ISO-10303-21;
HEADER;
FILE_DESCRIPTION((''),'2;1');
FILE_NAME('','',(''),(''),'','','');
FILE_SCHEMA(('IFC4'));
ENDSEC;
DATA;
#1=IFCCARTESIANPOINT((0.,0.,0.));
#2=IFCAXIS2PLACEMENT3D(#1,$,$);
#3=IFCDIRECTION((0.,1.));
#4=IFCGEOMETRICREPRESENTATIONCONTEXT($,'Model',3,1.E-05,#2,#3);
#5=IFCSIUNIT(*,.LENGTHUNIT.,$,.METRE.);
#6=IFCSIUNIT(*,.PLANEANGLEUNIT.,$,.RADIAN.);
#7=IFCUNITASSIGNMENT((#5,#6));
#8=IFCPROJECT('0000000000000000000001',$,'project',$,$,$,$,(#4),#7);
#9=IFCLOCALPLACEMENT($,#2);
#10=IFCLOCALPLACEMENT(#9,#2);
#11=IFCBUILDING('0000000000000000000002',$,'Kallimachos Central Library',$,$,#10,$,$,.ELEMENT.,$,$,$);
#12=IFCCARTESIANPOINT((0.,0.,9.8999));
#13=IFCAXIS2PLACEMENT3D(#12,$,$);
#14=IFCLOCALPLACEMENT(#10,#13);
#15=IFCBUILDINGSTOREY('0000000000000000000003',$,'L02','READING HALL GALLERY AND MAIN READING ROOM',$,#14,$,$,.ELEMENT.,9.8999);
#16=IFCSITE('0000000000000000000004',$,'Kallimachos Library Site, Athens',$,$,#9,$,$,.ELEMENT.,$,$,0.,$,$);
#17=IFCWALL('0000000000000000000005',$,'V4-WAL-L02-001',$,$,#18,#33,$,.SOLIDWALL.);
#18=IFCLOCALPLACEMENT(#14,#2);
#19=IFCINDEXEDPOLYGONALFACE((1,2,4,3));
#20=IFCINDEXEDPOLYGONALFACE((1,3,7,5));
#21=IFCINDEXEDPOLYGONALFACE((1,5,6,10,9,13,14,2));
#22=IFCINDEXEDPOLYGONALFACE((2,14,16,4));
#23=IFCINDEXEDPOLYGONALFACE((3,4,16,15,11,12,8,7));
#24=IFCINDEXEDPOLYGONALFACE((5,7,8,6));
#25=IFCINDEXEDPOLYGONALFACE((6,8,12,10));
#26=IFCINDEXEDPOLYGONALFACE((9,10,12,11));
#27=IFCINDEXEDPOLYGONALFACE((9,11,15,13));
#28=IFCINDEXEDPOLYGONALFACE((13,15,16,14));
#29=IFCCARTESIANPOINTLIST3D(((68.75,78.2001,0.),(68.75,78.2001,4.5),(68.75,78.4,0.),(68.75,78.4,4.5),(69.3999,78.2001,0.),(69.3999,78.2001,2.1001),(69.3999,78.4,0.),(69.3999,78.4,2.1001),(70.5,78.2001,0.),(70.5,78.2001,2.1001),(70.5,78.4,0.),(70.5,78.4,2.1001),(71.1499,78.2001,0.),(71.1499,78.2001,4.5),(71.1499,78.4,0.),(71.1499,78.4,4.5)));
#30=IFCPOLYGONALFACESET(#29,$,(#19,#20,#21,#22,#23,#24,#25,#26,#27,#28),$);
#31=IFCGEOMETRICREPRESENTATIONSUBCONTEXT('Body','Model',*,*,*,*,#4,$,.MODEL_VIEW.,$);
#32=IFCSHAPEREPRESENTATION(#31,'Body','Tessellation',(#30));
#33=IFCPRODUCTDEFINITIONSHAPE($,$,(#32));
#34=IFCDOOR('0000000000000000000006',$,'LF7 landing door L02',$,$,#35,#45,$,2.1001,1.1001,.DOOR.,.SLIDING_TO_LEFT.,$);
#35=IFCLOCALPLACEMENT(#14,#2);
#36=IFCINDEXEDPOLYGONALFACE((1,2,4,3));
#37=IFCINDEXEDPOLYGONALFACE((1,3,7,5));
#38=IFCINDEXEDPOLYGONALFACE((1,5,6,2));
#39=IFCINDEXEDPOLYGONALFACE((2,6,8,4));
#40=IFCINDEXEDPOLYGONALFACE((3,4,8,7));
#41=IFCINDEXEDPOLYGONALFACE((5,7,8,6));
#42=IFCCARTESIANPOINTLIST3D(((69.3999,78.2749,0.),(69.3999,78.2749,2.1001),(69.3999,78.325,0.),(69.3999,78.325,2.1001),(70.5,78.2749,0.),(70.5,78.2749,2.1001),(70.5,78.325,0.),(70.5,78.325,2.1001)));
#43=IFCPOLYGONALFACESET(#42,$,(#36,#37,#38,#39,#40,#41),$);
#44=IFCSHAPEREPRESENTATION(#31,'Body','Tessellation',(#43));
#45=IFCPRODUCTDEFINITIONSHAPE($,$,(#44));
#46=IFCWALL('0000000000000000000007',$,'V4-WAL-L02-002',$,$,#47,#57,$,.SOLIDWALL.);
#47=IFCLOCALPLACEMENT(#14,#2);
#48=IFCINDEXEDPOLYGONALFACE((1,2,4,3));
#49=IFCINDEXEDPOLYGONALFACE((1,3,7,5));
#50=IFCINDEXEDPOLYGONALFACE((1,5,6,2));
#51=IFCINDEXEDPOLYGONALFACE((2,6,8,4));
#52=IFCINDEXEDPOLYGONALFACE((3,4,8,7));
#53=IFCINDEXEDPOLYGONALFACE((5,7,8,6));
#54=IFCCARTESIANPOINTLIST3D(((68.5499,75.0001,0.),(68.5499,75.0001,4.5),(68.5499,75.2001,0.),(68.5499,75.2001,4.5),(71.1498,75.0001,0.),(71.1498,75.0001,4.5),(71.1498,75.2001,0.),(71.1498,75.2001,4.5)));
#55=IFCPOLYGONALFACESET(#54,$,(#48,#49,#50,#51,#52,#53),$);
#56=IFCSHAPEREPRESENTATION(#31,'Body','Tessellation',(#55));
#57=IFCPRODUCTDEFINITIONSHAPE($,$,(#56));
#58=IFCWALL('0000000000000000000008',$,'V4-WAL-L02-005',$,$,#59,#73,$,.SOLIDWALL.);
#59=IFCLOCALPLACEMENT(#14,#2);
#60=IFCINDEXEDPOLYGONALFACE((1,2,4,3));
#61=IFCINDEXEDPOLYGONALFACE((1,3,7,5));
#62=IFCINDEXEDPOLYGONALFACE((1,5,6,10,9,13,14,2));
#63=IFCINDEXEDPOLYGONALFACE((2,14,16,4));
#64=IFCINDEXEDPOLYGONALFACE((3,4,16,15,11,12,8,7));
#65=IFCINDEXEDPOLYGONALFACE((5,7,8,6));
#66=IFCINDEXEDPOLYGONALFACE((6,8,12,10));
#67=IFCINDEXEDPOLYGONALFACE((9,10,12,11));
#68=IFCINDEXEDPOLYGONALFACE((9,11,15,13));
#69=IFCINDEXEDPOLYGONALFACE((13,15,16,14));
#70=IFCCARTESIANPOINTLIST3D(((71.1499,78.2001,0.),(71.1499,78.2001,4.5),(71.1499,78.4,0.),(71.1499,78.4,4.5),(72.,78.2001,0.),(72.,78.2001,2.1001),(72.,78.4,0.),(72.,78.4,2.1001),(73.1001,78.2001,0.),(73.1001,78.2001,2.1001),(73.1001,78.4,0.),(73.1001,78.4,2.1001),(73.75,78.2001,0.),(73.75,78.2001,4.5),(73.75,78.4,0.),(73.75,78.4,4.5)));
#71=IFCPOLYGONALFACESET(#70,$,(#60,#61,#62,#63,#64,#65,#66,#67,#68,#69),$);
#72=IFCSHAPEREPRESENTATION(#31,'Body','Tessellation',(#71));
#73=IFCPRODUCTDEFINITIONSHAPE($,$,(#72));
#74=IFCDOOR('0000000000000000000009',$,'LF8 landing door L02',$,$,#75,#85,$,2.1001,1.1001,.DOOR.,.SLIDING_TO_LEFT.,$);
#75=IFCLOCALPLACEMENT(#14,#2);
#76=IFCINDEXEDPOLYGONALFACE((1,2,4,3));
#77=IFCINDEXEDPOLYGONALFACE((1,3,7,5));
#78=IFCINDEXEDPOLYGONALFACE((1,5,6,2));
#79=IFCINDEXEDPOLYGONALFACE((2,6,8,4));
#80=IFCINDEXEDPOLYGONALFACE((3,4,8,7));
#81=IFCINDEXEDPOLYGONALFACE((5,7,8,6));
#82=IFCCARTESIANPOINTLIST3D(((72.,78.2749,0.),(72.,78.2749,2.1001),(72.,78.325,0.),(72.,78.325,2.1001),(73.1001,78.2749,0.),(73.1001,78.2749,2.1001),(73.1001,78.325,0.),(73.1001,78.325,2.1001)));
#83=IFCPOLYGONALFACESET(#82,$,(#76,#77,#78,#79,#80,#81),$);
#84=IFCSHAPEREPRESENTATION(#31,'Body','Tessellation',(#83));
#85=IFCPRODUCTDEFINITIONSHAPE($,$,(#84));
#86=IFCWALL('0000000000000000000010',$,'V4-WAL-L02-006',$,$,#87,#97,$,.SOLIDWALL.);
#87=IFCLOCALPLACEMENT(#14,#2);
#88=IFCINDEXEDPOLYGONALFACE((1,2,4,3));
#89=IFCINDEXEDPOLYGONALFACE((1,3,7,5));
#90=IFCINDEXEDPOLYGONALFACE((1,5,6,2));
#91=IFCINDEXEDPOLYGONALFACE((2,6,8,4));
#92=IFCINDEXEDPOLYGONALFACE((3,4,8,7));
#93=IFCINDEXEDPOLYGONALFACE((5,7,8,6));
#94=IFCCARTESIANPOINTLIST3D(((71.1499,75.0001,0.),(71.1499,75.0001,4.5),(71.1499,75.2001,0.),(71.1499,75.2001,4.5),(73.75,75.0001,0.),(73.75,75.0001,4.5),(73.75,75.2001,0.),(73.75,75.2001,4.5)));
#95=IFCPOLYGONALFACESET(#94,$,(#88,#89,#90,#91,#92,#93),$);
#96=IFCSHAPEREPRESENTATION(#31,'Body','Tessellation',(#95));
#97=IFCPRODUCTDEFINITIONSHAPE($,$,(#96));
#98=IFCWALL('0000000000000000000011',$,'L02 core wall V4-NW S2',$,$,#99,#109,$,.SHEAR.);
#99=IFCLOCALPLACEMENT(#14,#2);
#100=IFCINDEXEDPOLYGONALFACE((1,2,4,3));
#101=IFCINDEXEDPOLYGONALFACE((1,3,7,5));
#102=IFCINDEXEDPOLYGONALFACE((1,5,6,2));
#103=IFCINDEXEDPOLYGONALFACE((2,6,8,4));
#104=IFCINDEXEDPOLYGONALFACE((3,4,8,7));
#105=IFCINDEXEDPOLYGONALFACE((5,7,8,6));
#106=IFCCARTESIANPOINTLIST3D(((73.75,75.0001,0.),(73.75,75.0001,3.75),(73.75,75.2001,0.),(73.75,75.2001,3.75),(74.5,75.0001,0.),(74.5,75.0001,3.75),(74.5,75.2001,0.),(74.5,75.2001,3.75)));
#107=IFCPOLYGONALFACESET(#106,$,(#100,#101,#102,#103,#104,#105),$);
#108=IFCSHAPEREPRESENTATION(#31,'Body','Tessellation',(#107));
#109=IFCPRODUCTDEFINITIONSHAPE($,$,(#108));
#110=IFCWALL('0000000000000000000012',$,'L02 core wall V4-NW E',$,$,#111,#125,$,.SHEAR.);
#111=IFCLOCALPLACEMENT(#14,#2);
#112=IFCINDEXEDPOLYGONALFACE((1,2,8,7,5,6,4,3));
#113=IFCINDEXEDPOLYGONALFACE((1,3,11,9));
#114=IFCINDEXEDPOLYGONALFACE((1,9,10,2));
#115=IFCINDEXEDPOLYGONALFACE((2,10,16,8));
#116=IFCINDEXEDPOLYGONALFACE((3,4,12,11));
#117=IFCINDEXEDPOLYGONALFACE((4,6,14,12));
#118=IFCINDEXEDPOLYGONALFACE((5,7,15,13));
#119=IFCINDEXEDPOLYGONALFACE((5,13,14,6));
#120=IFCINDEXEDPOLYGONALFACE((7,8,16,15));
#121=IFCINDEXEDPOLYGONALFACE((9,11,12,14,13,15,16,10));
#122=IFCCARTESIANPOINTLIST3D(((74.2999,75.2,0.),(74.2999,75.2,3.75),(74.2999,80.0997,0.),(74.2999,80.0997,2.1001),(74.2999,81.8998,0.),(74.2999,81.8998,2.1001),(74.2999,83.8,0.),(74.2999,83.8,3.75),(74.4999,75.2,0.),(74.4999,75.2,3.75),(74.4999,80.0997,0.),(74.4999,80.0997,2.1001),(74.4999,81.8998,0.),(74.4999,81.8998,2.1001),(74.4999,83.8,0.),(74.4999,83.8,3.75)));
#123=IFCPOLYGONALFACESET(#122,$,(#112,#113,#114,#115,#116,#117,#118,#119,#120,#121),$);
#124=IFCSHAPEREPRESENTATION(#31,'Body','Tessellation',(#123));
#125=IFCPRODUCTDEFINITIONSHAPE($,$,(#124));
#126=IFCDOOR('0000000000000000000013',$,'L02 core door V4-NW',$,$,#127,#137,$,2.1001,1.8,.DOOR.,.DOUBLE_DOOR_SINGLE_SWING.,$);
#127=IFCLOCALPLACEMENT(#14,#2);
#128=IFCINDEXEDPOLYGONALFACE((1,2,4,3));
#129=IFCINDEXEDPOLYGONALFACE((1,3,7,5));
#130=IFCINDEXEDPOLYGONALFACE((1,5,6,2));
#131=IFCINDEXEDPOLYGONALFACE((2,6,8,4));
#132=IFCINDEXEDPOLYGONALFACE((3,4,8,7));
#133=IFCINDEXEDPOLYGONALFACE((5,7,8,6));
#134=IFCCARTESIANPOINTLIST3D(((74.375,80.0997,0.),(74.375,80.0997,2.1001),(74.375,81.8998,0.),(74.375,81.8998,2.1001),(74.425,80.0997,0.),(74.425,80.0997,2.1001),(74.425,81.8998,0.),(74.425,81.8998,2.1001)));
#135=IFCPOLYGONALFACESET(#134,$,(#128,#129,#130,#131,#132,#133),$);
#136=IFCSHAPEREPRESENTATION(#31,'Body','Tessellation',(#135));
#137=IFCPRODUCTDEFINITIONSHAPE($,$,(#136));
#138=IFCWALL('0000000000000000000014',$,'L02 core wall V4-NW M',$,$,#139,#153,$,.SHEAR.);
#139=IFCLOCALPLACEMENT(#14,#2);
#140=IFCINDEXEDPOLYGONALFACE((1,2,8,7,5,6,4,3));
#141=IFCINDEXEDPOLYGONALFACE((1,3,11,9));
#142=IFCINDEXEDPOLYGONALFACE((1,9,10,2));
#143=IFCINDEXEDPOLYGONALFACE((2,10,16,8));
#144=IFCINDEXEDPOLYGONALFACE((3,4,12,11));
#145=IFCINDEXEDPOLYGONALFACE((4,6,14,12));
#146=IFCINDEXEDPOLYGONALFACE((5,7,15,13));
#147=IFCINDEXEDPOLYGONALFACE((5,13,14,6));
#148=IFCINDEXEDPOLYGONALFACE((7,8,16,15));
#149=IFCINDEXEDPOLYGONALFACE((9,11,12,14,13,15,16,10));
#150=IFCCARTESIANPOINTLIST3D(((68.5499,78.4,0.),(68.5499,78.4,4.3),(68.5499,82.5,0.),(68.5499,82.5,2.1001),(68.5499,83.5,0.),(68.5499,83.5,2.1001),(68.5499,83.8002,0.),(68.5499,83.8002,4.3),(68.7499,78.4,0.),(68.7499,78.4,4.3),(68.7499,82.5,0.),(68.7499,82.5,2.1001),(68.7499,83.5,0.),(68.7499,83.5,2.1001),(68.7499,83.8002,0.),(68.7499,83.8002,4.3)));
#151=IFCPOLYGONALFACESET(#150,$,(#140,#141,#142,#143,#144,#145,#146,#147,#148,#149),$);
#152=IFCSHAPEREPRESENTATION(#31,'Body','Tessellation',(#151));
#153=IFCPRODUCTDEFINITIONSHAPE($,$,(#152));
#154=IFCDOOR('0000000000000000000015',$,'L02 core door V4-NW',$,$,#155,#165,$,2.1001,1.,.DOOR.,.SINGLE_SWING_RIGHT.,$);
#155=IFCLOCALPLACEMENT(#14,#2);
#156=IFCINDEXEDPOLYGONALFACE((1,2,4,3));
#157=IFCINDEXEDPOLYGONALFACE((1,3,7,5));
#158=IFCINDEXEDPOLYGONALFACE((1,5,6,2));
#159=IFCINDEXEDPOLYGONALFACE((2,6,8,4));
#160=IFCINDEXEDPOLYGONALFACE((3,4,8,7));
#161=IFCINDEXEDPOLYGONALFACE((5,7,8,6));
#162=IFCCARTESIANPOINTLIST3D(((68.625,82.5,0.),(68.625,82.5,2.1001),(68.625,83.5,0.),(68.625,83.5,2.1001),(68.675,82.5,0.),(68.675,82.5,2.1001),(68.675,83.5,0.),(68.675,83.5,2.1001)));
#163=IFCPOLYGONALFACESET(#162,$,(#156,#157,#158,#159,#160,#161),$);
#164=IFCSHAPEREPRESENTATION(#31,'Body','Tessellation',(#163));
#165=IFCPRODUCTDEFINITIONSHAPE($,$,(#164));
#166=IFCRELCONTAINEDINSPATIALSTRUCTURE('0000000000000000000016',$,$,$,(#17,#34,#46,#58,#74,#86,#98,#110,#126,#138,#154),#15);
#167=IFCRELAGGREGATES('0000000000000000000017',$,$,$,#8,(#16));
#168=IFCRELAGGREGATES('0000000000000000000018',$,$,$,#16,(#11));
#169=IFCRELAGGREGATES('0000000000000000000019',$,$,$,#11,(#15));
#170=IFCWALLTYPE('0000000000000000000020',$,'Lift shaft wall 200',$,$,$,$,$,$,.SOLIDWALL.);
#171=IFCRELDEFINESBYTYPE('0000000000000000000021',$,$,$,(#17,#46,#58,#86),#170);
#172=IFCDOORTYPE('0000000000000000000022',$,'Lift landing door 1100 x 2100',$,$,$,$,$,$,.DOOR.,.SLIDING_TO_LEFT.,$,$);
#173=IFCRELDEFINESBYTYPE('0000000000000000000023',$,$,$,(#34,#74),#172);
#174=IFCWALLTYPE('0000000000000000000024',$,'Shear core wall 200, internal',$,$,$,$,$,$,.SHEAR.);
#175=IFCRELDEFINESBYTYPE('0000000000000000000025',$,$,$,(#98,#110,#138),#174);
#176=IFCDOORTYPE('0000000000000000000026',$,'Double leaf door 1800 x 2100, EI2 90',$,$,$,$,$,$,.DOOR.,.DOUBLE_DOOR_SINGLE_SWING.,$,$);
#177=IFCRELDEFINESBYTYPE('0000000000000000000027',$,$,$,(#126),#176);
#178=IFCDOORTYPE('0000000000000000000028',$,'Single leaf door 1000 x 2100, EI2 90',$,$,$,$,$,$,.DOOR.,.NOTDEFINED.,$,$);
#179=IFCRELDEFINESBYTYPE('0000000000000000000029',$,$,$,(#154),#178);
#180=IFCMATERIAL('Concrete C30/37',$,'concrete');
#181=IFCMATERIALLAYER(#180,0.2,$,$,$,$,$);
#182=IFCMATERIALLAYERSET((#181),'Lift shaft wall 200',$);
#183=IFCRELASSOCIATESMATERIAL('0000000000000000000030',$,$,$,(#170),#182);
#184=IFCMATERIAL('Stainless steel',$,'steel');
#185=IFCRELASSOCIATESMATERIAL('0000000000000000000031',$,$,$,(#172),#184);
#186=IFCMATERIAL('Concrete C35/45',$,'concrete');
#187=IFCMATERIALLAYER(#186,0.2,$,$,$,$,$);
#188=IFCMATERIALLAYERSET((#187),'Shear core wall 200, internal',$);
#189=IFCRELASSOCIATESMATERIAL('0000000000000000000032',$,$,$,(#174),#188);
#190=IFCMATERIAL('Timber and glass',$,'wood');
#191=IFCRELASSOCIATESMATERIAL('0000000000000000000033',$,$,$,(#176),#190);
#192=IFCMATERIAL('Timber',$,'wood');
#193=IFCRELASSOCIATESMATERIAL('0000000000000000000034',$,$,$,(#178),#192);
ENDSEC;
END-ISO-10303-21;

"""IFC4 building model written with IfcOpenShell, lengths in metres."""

from ifc_helpers import new_model, si_unit, direction, frame, frame_2d, origin, place, context, subcontext, project, spatial, rectangle, extrude, material, layer, layer_set, type_object, element, fill, save


model = new_model("IFC4")

# Units and contexts
model_context = context("Model", 3, precision=1e-05, world=origin(), true_north=direction((0.0, 1.0)))
body_context = subcontext(model_context, "Body", "Model", "MODEL_VIEW")
ifc_project = project(units=[si_unit("LENGTHUNIT", "METRE"), si_unit("PLANEANGLEUNIT", "RADIAN")], contexts=[model_context])

# Site, building, storey
site_placement = place(None, origin())
site = spatial("IfcSite", under=ifc_project, at=site_placement, Name="Kallimachos Library Site, Athens", CompositionType="ELEMENT", RefElevation=0.0)
building_placement = place(site_placement, origin())
building = spatial("IfcBuilding", under=site, at=building_placement, Name="Kallimachos Central Library", CompositionType="ELEMENT")
storey_placement = place(building_placement, frame((0.0, 0.0, 9.8999)))
storey = spatial("IfcBuildingStorey", under=building, at=storey_placement, Name="L02", Description="READING HALL GALLERY AND MAIN READING ROOM", CompositionType="ELEMENT", Elevation=9.8999)

# Wall, opening, door
ifc_material_1 = material(Name="Concrete C30/37", Category="concrete")
ifc_layer_1 = layer(ifc_material_1, 0.2)
ifc_layer_set_1 = layer_set([ifc_layer_1], Name="Lift shaft wall 200")
wall_type_1 = type_object("IfcWallType", Name="Lift shaft wall 200", PredefinedType="SOLIDWALL", material=ifc_layer_set_1)
wall_1_placement = place(storey_placement, frame((68.75, 78.3, 0.0), z_axis=(0.0, 0.0, 1.0), x_axis=(1.0, 0.0, 0.0)))
wall_1 = element("IfcWall", 1, at=wall_1_placement, inside=storey, type_object=wall_type_1, Name="V4-WAL-L02-001", PredefinedType="SOLIDWALL", context=body_context, shape_type="SweptSolid", body=[
    extrude(rectangle(XDim=2.3999, YDim=0.2, at=frame_2d((1.2, 0.0))), origin(), (0.0, 0.0, 1.0), 4.5),
])
opening_1_placement = place(wall_1_placement, frame((0.6499, 0.0, 0.0)))
opening_1 = element("IfcOpeningElement", 2, at=opening_1_placement, cuts=wall_1, PredefinedType="OPENING", context=body_context, shape_type="SweptSolid", body=[
    extrude(rectangle(XDim=1.1001, YDim=2.1001, at=frame_2d((0.55, 1.05))), frame((0.0, 0.1099, 0.0), z_axis=(0.0, -1.0, 0.0), x_axis=(1.0, 0.0, 0.0)), (0.0, 0.0, 1.0), 0.22),
])
ifc_material_2 = material(Name="Stainless steel", Category="steel")
door_type_1 = type_object("IfcDoorType", Name="Lift landing door 1100 x 2100", OperationType="SLIDING_TO_LEFT", PredefinedType="DOOR", material=ifc_material_2)
door_1_placement = place(opening_1_placement, origin())
door_1 = element("IfcDoor", 3, at=door_1_placement, inside=storey, type_object=door_type_1, Name="LF7 landing door L02", OperationType="SLIDING_TO_LEFT", OverallHeight=2.1001, OverallWidth=1.1001, PredefinedType="DOOR", context=body_context, shape_type="SweptSolid", body=[
    extrude(rectangle(XDim=1.1001, YDim=2.1001, at=frame_2d((0.55, 1.05))), frame((0.0, 0.0249, 0.0), z_axis=(0.0, -1.0, 0.0), x_axis=(1.0, 0.0, 0.0)), (0.0, 0.0, 1.0), 0.05),
])
fill(opening_1, door_1)

# Wall
wall_2_placement = place(storey_placement, frame((68.55, 75.1001, 0.0), z_axis=(0.0, 0.0, 1.0), x_axis=(1.0, 0.0, 0.0)))
element("IfcWall", 4, at=wall_2_placement, inside=storey, type_object=wall_type_1, Name="V4-WAL-L02-002", PredefinedType="SOLIDWALL", context=body_context, shape_type="SweptSolid", body=[
    extrude(rectangle(XDim=2.5999, YDim=0.2, at=frame_2d((1.2998, 0.0))), origin(), (0.0, 0.0, 1.0), 4.5),
])

# Wall, opening, door
wall_3_placement = place(storey_placement, frame((71.1499, 78.3, 0.0), z_axis=(0.0, 0.0, 1.0), x_axis=(1.0, 0.0, 0.0)))
wall_3 = element("IfcWall", 5, at=wall_3_placement, inside=storey, type_object=wall_type_1, Name="V4-WAL-L02-005", PredefinedType="SOLIDWALL", context=body_context, shape_type="SweptSolid", body=[
    extrude(rectangle(XDim=2.6001, YDim=0.2, at=frame_2d((1.3, 0.0))), origin(), (0.0, 0.0, 1.0), 4.5),
])
opening_2_placement = place(wall_3_placement, frame((0.8501, 0.0, 0.0)))
opening_2 = element("IfcOpeningElement", 6, at=opening_2_placement, cuts=wall_3, PredefinedType="OPENING", context=body_context, shape_type="SweptSolid", body=[
    extrude(rectangle(XDim=1.1001, YDim=2.1001, at=frame_2d((0.55, 1.05))), frame((0.0, 0.1099, 0.0), z_axis=(0.0, -1.0, 0.0), x_axis=(1.0, 0.0, 0.0)), (0.0, 0.0, 1.0), 0.22),
])
door_2_placement = place(opening_2_placement, origin())
door_2 = element("IfcDoor", 7, at=door_2_placement, inside=storey, type_object=door_type_1, Name="LF8 landing door L02", OperationType="SLIDING_TO_LEFT", OverallHeight=2.1001, OverallWidth=1.1001, PredefinedType="DOOR", context=body_context, shape_type="SweptSolid", body=[
    extrude(rectangle(XDim=1.1001, YDim=2.1001, at=frame_2d((0.55, 1.05))), frame((0.0, 0.0249, 0.0), z_axis=(0.0, -1.0, 0.0), x_axis=(1.0, 0.0, 0.0)), (0.0, 0.0, 1.0), 0.05),
])
fill(opening_2, door_2)

# Walls
wall_4_placement = place(storey_placement, frame((71.1499, 75.1001, 0.0), z_axis=(0.0, 0.0, 1.0), x_axis=(1.0, 0.0, 0.0)))
element("IfcWall", 8, at=wall_4_placement, inside=storey, type_object=wall_type_1, Name="V4-WAL-L02-006", PredefinedType="SOLIDWALL", context=body_context, shape_type="SweptSolid", body=[
    extrude(rectangle(XDim=2.6001, YDim=0.2, at=frame_2d((1.3, 0.0))), origin(), (0.0, 0.0, 1.0), 4.5),
])
ifc_material_3 = material(Name="Concrete C35/45", Category="concrete")
ifc_layer_2 = layer(ifc_material_3, 0.2)
ifc_layer_set_2 = layer_set([ifc_layer_2], Name="Shear core wall 200, internal")
wall_type_2 = type_object("IfcWallType", Name="Shear core wall 200, internal", PredefinedType="SHEAR", material=ifc_layer_set_2)
wall_5_placement = place(storey_placement, frame((73.75, 75.1001, 0.0), z_axis=(0.0, 0.0, 1.0), x_axis=(1.0, 0.0, 0.0)))
element("IfcWall", 9, at=wall_5_placement, inside=storey, type_object=wall_type_2, Name="L02 core wall V4-NW S2", PredefinedType="SHEAR", context=body_context, shape_type="SweptSolid", body=[
    extrude(rectangle(XDim=0.75, YDim=0.2, at=frame_2d((0.375, 0.0))), origin(), (0.0, 0.0, 1.0), 3.75),
])

# Walls, openings, doors
wall_6_placement = place(storey_placement, frame((74.3999, 75.2, 0.0), z_axis=(0.0, 0.0, 1.0), x_axis=(0.0, 1.0, 0.0)))
wall_6 = element("IfcWall", 10, at=wall_6_placement, inside=storey, type_object=wall_type_2, Name="L02 core wall V4-NW E", PredefinedType="SHEAR", context=body_context, shape_type="SweptSolid", body=[
    extrude(rectangle(XDim=8.6001, YDim=0.2, at=frame_2d((4.3, 0.0))), origin(), (0.0, 0.0, 1.0), 3.75),
])
opening_3_placement = place(wall_6_placement, frame((4.8999, 0.0, 0.0)))
opening_3 = element("IfcOpeningElement", 11, at=opening_3_placement, cuts=wall_6, PredefinedType="OPENING", context=body_context, shape_type="SweptSolid", body=[
    extrude(rectangle(XDim=1.8, YDim=2.1001, at=frame_2d((0.8999, 1.05))), frame((0.0, 0.1099, 0.0), z_axis=(0.0, -1.0, 0.0), x_axis=(1.0, 0.0, 0.0)), (0.0, 0.0, 1.0), 0.22),
])
ifc_material_4 = material(Name="Timber and glass", Category="wood")
door_type_2 = type_object("IfcDoorType", Name="Double leaf door 1800 x 2100, EI2 90", OperationType="DOUBLE_DOOR_SINGLE_SWING", PredefinedType="DOOR", material=ifc_material_4)
door_3_placement = place(opening_3_placement, origin())
door_3 = element("IfcDoor", 12, at=door_3_placement, inside=storey, type_object=door_type_2, Name="L02 core door V4-NW", OperationType="DOUBLE_DOOR_SINGLE_SWING", OverallHeight=2.1001, OverallWidth=1.8, PredefinedType="DOOR", context=body_context, shape_type="SweptSolid", body=[
    extrude(rectangle(XDim=1.8, YDim=2.1001, at=frame_2d((0.8999, 1.05))), frame((0.0, 0.0249, 0.0), z_axis=(0.0, -1.0, 0.0), x_axis=(1.0, 0.0, 0.0)), (0.0, 0.0, 1.0), 0.05),
])
fill(opening_3, door_3)
wall_7_placement = place(storey_placement, frame((68.6499, 78.3999, 0.0), z_axis=(0.0, 0.0, 1.0), x_axis=(0.0, 1.0, 0.0)))
wall_7 = element("IfcWall", 13, at=wall_7_placement, inside=storey, type_object=wall_type_2, Name="L02 core wall V4-NW M", PredefinedType="SHEAR", context=body_context, shape_type="SweptSolid", body=[
    extrude(rectangle(XDim=5.4001, YDim=0.2, at=frame_2d((2.7002, 0.0))), origin(), (0.0, 0.0, 1.0), 4.3),
])
opening_4_placement = place(wall_7_placement, frame((4.1001, 0.0, 0.0)))
opening_4 = element("IfcOpeningElement", 14, at=opening_4_placement, cuts=wall_7, PredefinedType="OPENING", context=body_context, shape_type="SweptSolid", body=[
    extrude(rectangle(XDim=1.0, YDim=2.1001, at=frame_2d((0.5, 1.05))), frame((0.0, 0.1099, 0.0), z_axis=(0.0, -1.0, 0.0), x_axis=(1.0, 0.0, 0.0)), (0.0, 0.0, 1.0), 0.22),
])
ifc_material_5 = material(Name="Timber", Category="wood")
door_type_3 = type_object("IfcDoorType", Name="Single leaf door 1000 x 2100, EI2 90", OperationType="NOTDEFINED", PredefinedType="DOOR", material=ifc_material_5)
door_4_placement = place(opening_4_placement, origin())
door_4 = element("IfcDoor", 15, at=door_4_placement, inside=storey, type_object=door_type_3, Name="L02 core door V4-NW", OperationType="SINGLE_SWING_RIGHT", OverallHeight=2.1001, OverallWidth=1.0, PredefinedType="DOOR", context=body_context, shape_type="SweptSolid", body=[
    extrude(rectangle(XDim=1.0, YDim=2.1001, at=frame_2d((0.5, 1.05))), frame((0.0, 0.0249, 0.0), z_axis=(0.0, -1.0, 0.0), x_axis=(1.0, 0.0, 0.0)), (0.0, 0.0, 1.0), 0.05),
])
fill(opening_4, door_4)

save(model, "model.ifc")
